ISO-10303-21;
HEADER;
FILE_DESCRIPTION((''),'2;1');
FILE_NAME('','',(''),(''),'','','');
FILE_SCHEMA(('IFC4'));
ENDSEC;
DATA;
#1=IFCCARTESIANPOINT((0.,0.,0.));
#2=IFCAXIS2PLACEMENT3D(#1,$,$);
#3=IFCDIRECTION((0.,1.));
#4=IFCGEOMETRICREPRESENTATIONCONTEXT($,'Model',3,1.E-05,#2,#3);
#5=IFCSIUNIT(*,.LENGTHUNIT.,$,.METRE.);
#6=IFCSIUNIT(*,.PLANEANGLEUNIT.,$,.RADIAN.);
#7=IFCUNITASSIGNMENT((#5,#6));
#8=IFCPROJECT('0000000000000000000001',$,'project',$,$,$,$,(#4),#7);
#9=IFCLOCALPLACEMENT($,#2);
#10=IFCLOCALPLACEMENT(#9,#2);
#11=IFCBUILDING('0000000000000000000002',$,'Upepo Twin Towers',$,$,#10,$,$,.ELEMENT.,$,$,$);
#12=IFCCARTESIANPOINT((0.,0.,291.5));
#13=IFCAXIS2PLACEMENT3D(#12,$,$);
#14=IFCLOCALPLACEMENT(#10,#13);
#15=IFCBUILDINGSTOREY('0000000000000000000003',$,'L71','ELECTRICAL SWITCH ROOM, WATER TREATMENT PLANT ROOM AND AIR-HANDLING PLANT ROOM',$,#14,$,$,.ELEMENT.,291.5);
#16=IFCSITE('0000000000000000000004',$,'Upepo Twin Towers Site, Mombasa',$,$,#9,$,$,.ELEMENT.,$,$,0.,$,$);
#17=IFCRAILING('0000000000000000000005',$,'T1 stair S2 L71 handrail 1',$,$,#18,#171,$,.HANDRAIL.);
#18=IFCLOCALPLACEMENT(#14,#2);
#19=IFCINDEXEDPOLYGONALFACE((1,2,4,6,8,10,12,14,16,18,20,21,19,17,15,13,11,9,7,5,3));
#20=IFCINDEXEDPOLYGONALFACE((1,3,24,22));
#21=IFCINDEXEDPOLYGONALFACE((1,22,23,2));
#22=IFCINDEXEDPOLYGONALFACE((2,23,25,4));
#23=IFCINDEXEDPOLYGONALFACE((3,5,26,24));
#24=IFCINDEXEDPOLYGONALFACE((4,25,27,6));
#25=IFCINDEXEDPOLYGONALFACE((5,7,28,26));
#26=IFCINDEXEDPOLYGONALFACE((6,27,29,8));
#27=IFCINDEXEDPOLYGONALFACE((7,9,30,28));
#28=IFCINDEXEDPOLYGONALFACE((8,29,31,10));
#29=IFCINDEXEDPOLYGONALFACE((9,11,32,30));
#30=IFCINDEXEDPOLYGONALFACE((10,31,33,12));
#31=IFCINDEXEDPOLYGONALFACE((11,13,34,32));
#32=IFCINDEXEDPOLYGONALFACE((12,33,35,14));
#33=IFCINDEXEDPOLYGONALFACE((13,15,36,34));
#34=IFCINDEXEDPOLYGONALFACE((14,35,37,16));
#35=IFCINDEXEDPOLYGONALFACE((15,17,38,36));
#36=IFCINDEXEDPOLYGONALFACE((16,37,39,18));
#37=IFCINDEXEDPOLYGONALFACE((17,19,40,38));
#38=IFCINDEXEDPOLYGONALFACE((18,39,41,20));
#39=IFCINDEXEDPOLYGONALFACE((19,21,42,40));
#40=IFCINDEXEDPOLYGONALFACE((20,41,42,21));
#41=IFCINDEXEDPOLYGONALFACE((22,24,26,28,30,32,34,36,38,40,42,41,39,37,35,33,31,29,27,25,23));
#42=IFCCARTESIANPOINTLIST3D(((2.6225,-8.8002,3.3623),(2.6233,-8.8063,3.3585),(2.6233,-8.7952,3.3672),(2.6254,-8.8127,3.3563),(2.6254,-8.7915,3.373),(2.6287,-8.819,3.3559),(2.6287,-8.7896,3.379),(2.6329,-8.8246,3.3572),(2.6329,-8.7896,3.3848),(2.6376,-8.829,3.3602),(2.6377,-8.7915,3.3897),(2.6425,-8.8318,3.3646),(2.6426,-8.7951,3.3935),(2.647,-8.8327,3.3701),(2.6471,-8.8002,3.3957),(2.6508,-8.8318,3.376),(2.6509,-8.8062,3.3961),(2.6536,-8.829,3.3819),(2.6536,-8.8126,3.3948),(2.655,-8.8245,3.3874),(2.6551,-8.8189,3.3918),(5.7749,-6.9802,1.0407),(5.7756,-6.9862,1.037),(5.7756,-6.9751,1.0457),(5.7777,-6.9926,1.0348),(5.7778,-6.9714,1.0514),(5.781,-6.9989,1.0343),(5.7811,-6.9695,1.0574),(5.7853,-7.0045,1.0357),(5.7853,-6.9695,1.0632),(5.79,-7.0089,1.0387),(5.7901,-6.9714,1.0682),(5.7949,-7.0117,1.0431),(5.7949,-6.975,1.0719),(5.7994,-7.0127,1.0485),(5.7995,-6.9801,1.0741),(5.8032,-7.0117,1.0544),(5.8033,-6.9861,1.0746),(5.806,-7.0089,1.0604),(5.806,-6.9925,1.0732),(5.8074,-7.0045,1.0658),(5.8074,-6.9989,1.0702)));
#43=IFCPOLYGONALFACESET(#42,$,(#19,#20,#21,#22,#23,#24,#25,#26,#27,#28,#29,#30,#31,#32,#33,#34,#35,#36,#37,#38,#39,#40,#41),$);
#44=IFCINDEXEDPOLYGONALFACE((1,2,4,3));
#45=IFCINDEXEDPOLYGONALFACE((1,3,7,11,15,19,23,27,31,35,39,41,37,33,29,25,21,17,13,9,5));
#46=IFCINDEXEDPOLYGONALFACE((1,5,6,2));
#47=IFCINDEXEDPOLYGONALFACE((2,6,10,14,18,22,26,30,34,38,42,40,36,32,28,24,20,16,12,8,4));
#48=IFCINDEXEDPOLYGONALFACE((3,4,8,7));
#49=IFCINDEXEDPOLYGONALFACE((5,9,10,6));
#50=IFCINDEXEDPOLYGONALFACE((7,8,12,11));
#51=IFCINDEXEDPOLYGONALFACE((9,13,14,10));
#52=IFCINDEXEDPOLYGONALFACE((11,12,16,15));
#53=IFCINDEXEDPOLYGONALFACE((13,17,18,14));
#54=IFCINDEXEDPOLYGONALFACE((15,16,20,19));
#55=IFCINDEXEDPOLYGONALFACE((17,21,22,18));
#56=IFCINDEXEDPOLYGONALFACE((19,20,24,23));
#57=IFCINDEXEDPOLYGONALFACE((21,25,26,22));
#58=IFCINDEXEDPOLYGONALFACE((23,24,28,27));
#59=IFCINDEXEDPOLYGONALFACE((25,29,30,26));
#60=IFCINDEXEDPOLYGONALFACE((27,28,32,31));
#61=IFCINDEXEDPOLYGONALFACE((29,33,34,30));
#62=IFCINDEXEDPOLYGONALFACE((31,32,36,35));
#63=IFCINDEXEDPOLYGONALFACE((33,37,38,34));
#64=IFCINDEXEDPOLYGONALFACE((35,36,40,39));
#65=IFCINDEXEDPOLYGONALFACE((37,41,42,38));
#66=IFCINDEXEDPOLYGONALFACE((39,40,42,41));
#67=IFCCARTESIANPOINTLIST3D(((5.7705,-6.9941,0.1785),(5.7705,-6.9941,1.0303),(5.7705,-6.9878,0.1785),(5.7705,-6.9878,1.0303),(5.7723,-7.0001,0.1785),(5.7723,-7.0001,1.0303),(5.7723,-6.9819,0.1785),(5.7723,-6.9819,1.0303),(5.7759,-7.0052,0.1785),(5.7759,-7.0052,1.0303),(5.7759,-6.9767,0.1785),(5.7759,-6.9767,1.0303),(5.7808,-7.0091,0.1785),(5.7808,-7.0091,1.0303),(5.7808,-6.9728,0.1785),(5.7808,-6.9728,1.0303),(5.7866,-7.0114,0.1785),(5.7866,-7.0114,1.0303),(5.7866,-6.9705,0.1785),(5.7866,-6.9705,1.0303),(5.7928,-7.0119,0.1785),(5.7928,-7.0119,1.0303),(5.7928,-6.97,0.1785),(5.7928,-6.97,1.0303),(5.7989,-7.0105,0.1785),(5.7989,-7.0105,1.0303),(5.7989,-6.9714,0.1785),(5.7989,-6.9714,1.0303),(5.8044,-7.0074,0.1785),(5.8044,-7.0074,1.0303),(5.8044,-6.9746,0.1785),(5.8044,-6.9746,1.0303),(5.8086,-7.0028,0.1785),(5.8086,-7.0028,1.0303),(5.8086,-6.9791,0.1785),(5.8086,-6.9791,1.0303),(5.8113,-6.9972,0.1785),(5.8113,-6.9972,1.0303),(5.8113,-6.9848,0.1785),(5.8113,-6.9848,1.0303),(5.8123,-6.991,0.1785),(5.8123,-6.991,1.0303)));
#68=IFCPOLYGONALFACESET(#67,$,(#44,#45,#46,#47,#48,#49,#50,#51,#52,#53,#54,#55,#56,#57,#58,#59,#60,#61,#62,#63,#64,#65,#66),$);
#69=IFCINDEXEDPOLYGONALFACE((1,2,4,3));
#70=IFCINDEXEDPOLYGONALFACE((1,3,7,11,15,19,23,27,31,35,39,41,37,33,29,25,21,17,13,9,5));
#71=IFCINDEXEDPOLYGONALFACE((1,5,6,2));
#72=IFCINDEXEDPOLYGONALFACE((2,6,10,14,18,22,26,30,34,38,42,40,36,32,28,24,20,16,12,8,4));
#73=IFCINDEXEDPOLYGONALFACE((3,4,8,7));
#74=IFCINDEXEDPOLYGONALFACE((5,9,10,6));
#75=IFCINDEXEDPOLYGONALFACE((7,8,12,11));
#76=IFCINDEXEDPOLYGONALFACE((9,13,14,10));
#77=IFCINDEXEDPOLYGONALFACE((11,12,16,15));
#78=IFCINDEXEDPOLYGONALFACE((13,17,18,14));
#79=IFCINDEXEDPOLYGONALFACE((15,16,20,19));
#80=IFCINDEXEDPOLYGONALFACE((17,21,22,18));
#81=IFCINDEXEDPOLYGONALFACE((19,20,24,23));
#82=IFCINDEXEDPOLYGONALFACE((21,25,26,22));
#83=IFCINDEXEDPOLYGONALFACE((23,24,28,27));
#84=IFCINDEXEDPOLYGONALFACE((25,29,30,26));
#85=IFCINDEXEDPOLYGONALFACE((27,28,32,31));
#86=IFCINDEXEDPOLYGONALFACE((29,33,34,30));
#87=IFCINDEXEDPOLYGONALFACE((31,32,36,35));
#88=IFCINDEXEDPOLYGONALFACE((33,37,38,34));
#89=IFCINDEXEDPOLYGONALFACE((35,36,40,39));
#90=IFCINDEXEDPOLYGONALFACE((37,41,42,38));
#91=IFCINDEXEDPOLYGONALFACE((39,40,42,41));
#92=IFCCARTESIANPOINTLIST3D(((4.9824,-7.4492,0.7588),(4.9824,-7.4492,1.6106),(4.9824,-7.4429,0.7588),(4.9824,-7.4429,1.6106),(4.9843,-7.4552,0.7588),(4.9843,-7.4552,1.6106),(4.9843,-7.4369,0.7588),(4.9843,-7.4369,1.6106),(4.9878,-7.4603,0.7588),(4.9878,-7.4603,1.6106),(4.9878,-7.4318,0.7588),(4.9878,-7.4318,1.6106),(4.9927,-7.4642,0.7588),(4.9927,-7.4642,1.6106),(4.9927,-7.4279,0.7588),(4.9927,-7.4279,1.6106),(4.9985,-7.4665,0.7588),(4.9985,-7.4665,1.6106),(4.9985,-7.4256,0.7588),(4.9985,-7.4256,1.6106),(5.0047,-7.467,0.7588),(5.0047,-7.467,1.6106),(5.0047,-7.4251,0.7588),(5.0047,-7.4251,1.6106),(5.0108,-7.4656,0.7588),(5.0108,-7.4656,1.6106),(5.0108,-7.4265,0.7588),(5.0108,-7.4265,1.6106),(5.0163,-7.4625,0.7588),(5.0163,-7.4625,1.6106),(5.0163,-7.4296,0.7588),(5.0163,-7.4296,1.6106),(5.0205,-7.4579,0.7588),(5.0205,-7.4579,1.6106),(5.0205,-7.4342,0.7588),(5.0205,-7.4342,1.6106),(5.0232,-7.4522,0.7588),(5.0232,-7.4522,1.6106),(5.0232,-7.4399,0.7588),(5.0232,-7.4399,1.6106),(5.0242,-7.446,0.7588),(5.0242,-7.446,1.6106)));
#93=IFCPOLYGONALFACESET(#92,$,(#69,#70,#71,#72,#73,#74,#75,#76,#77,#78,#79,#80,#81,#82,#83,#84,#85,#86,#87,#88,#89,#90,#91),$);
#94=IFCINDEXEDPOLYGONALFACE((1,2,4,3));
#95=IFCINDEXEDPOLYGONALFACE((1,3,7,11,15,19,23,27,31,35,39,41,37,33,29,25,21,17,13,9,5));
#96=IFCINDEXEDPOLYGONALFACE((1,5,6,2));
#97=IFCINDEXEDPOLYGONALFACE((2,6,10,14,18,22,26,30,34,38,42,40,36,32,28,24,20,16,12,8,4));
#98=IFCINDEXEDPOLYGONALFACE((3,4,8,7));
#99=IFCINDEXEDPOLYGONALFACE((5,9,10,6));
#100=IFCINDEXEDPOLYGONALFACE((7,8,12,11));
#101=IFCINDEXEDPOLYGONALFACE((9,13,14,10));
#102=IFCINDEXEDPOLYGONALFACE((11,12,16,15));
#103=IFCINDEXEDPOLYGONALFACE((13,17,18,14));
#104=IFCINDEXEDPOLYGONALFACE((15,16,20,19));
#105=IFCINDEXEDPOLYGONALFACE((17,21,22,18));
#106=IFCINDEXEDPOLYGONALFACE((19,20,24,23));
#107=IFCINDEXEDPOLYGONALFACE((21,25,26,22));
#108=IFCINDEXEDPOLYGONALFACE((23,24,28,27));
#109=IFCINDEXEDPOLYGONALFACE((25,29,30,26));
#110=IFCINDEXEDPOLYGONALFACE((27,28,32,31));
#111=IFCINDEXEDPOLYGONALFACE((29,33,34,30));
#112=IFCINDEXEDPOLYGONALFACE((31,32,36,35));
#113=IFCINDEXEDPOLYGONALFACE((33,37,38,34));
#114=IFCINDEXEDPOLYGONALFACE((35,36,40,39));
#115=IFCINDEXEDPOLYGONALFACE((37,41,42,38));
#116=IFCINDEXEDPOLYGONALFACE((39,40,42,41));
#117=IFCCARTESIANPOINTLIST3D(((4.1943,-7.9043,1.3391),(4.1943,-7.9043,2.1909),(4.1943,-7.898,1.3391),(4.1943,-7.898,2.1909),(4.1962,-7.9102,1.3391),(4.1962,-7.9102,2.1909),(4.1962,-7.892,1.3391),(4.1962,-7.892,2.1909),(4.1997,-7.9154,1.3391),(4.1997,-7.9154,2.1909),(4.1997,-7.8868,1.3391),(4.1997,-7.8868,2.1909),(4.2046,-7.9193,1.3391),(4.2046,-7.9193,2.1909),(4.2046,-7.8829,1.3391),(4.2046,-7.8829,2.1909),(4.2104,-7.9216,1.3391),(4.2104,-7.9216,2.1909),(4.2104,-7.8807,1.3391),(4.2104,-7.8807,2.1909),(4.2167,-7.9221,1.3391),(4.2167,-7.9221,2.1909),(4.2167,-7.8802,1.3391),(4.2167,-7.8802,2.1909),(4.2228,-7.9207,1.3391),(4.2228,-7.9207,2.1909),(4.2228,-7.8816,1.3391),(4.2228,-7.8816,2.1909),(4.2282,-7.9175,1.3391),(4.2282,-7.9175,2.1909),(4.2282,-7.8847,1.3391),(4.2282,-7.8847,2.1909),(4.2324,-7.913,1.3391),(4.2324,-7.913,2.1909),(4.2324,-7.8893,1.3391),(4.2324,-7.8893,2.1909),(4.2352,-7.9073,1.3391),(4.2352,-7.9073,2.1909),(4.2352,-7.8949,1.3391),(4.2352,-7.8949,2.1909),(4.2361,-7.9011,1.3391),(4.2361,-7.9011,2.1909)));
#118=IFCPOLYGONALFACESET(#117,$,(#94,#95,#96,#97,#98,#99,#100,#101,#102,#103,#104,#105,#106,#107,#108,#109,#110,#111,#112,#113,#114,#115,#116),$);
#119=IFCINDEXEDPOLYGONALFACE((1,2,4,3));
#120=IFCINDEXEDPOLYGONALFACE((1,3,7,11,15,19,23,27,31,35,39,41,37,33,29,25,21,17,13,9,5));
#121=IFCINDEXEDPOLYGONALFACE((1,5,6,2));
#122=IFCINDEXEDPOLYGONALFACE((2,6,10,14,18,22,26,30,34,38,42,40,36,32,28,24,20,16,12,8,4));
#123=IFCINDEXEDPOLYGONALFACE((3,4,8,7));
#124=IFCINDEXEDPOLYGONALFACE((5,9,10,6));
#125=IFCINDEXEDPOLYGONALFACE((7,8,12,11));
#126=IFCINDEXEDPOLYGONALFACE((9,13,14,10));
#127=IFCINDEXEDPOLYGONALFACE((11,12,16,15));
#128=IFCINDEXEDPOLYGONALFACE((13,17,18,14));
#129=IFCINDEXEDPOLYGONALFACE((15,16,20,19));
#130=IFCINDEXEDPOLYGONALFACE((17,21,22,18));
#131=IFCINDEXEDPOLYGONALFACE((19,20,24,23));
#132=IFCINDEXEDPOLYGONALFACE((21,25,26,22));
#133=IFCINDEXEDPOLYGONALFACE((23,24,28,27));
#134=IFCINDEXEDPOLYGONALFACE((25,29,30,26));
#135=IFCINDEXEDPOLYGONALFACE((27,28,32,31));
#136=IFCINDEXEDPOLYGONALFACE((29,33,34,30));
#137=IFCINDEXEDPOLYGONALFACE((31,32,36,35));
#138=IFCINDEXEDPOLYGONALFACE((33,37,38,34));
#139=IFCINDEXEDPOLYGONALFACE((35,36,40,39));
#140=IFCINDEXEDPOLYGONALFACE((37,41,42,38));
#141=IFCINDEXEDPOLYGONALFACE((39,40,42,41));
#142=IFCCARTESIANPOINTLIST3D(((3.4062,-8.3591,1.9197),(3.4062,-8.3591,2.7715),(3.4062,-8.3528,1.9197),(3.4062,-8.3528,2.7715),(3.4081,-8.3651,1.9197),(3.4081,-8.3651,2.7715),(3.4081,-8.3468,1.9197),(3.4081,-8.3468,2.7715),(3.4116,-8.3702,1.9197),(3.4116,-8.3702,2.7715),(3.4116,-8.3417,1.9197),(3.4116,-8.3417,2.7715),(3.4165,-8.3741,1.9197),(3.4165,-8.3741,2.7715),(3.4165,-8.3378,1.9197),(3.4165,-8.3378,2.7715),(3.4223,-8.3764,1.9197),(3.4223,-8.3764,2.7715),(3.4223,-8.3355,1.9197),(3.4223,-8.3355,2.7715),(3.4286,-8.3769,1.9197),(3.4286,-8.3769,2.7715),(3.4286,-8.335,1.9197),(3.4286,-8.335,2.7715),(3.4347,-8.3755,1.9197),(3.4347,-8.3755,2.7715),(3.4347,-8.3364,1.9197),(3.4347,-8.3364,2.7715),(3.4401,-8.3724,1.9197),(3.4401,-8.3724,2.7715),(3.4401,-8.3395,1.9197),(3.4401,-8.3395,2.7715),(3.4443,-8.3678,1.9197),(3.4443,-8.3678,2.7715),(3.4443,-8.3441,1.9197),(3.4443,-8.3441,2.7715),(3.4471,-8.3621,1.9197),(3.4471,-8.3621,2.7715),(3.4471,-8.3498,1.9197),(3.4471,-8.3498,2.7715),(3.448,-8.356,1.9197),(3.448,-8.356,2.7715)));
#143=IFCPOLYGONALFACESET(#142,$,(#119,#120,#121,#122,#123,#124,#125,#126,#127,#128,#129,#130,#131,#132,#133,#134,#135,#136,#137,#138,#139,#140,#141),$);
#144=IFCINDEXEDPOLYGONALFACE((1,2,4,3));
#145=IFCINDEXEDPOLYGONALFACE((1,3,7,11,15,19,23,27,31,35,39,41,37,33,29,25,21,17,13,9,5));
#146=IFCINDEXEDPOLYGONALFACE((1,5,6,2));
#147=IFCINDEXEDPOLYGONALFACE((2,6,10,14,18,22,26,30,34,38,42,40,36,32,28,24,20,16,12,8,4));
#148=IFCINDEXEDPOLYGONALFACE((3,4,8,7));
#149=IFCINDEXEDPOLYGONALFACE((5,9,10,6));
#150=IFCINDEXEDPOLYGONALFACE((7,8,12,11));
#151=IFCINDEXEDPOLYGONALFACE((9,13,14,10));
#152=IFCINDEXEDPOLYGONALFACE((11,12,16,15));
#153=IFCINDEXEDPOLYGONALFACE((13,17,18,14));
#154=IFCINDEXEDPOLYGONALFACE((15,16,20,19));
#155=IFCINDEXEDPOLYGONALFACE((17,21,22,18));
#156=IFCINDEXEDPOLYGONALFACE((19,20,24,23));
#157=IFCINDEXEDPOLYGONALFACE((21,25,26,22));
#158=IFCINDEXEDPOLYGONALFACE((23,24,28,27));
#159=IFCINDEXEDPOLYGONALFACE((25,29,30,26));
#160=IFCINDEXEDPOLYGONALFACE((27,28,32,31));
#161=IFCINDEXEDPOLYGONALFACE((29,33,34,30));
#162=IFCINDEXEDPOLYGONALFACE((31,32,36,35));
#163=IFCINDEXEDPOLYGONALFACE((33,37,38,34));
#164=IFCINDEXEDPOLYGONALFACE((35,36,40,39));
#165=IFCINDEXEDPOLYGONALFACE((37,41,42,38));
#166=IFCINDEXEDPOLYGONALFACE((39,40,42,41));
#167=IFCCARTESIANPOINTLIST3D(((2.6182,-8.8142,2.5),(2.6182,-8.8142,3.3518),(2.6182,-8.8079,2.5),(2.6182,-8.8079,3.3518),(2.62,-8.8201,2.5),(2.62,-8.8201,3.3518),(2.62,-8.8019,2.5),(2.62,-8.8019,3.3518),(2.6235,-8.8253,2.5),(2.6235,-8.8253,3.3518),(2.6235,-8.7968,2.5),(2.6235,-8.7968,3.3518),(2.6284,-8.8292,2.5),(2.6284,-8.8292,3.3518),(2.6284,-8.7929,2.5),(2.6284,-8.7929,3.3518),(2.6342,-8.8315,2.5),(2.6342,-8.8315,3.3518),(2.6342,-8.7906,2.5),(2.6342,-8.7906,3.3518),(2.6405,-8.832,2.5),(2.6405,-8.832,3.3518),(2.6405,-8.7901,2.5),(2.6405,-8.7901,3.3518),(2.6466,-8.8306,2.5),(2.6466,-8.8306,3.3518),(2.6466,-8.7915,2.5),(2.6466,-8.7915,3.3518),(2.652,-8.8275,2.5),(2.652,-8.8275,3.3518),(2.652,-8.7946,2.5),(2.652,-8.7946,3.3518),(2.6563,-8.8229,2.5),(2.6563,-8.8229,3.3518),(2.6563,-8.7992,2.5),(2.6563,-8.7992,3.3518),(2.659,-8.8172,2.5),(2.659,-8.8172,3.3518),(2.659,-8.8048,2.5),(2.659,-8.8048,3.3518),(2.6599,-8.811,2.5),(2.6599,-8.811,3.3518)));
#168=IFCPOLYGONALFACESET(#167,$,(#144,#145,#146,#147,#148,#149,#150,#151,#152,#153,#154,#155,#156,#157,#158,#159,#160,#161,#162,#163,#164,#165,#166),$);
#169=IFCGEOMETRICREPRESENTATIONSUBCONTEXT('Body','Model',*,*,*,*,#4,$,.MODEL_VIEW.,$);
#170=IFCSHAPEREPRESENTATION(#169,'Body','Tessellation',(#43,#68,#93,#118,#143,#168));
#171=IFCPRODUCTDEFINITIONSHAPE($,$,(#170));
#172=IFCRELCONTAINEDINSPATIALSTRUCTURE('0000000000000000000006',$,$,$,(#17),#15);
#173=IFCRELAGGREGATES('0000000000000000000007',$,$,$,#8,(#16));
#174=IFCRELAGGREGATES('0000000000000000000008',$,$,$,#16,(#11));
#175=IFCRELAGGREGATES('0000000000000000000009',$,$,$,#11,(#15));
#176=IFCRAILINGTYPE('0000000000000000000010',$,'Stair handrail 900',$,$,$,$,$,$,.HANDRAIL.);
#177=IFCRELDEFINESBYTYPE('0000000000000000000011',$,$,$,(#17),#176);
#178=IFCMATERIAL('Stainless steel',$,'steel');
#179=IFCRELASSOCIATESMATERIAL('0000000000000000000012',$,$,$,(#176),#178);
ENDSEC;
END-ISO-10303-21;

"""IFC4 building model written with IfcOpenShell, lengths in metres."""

from ifc_helpers import new_model, si_unit, direction, frame, origin, origin_2d, place, context, subcontext, project, spatial, circle, extrude, material, type_object, element, save


model = new_model("IFC4")

# Units and contexts
model_context = context("Model", 3, precision=1e-05, world=origin(), true_north=direction((0.0, 1.0)))
body_context = subcontext(model_context, "Body", "Model", "MODEL_VIEW")
ifc_project = project(units=[si_unit("LENGTHUNIT", "METRE"), si_unit("PLANEANGLEUNIT", "RADIAN")], contexts=[model_context])

# Site, building, storey
site_placement = place(None, origin())
site = spatial("IfcSite", under=ifc_project, at=site_placement, Name="Upepo Twin Towers Site, Mombasa", CompositionType="ELEMENT", RefElevation=0.0)
building_placement = place(site_placement, origin())
building = spatial("IfcBuilding", under=site, at=building_placement, Name="Upepo Twin Towers", CompositionType="ELEMENT")
storey_placement = place(building_placement, frame((0.0, 0.0, 291.5)))
storey = spatial("IfcBuildingStorey", under=building, at=storey_placement, Name="L71", Description="ELECTRICAL SWITCH ROOM, WATER TREATMENT PLANT ROOM AND AIR-HANDLING PLANT ROOM", CompositionType="ELEMENT", Elevation=291.5)

# Railing
ifc_material_1 = material(Name="Stainless steel", Category="steel")
railing_type = type_object("IfcRailingType", Name="Stair handrail 900", PredefinedType="HANDRAIL", material=ifc_material_1)
railing_1_placement = place(storey_placement, frame((5.7913, -6.991, 0.1785)))
element("IfcRailing", 1, at=railing_1_placement, inside=storey, type_object=railing_type, Name="T1 stair S2 L71 handrail 1", PredefinedType="HANDRAIL", context=body_context, shape_type="SweptSolid", body=[
    extrude(circle(Radius=0.0239, at=origin_2d()), frame((0.0, 0.0, 0.876), z_axis=(-0.730159, -0.421572, 0.537723), x_axis=(0.500013, -0.866018, 0.0)), (0.0, 0.0, 1.0), 4.3174),
    extrude(circle(Radius=0.021, at=origin_2d()), origin(), (0.0, 0.0, 1.0), 0.8518),
    extrude(circle(Radius=0.021, at=origin_2d()), frame((-0.7881, -0.4551, 0.5803)), (0.0, 0.0, 1.0), 0.8518),
    extrude(circle(Radius=0.021, at=origin_2d()), frame((-1.5762, -0.9102, 1.1606)), (0.0, 0.0, 1.0), 0.8518),
    extrude(circle(Radius=0.021, at=origin_2d()), frame((-2.3643, -1.365, 1.7412)), (0.0, 0.0, 1.0), 0.8518),
    extrude(circle(Radius=0.021, at=origin_2d()), frame((-3.1523, -1.8201, 2.3215)), (0.0, 0.0, 1.0), 0.8518),
])

save(model, "model.ifc")
